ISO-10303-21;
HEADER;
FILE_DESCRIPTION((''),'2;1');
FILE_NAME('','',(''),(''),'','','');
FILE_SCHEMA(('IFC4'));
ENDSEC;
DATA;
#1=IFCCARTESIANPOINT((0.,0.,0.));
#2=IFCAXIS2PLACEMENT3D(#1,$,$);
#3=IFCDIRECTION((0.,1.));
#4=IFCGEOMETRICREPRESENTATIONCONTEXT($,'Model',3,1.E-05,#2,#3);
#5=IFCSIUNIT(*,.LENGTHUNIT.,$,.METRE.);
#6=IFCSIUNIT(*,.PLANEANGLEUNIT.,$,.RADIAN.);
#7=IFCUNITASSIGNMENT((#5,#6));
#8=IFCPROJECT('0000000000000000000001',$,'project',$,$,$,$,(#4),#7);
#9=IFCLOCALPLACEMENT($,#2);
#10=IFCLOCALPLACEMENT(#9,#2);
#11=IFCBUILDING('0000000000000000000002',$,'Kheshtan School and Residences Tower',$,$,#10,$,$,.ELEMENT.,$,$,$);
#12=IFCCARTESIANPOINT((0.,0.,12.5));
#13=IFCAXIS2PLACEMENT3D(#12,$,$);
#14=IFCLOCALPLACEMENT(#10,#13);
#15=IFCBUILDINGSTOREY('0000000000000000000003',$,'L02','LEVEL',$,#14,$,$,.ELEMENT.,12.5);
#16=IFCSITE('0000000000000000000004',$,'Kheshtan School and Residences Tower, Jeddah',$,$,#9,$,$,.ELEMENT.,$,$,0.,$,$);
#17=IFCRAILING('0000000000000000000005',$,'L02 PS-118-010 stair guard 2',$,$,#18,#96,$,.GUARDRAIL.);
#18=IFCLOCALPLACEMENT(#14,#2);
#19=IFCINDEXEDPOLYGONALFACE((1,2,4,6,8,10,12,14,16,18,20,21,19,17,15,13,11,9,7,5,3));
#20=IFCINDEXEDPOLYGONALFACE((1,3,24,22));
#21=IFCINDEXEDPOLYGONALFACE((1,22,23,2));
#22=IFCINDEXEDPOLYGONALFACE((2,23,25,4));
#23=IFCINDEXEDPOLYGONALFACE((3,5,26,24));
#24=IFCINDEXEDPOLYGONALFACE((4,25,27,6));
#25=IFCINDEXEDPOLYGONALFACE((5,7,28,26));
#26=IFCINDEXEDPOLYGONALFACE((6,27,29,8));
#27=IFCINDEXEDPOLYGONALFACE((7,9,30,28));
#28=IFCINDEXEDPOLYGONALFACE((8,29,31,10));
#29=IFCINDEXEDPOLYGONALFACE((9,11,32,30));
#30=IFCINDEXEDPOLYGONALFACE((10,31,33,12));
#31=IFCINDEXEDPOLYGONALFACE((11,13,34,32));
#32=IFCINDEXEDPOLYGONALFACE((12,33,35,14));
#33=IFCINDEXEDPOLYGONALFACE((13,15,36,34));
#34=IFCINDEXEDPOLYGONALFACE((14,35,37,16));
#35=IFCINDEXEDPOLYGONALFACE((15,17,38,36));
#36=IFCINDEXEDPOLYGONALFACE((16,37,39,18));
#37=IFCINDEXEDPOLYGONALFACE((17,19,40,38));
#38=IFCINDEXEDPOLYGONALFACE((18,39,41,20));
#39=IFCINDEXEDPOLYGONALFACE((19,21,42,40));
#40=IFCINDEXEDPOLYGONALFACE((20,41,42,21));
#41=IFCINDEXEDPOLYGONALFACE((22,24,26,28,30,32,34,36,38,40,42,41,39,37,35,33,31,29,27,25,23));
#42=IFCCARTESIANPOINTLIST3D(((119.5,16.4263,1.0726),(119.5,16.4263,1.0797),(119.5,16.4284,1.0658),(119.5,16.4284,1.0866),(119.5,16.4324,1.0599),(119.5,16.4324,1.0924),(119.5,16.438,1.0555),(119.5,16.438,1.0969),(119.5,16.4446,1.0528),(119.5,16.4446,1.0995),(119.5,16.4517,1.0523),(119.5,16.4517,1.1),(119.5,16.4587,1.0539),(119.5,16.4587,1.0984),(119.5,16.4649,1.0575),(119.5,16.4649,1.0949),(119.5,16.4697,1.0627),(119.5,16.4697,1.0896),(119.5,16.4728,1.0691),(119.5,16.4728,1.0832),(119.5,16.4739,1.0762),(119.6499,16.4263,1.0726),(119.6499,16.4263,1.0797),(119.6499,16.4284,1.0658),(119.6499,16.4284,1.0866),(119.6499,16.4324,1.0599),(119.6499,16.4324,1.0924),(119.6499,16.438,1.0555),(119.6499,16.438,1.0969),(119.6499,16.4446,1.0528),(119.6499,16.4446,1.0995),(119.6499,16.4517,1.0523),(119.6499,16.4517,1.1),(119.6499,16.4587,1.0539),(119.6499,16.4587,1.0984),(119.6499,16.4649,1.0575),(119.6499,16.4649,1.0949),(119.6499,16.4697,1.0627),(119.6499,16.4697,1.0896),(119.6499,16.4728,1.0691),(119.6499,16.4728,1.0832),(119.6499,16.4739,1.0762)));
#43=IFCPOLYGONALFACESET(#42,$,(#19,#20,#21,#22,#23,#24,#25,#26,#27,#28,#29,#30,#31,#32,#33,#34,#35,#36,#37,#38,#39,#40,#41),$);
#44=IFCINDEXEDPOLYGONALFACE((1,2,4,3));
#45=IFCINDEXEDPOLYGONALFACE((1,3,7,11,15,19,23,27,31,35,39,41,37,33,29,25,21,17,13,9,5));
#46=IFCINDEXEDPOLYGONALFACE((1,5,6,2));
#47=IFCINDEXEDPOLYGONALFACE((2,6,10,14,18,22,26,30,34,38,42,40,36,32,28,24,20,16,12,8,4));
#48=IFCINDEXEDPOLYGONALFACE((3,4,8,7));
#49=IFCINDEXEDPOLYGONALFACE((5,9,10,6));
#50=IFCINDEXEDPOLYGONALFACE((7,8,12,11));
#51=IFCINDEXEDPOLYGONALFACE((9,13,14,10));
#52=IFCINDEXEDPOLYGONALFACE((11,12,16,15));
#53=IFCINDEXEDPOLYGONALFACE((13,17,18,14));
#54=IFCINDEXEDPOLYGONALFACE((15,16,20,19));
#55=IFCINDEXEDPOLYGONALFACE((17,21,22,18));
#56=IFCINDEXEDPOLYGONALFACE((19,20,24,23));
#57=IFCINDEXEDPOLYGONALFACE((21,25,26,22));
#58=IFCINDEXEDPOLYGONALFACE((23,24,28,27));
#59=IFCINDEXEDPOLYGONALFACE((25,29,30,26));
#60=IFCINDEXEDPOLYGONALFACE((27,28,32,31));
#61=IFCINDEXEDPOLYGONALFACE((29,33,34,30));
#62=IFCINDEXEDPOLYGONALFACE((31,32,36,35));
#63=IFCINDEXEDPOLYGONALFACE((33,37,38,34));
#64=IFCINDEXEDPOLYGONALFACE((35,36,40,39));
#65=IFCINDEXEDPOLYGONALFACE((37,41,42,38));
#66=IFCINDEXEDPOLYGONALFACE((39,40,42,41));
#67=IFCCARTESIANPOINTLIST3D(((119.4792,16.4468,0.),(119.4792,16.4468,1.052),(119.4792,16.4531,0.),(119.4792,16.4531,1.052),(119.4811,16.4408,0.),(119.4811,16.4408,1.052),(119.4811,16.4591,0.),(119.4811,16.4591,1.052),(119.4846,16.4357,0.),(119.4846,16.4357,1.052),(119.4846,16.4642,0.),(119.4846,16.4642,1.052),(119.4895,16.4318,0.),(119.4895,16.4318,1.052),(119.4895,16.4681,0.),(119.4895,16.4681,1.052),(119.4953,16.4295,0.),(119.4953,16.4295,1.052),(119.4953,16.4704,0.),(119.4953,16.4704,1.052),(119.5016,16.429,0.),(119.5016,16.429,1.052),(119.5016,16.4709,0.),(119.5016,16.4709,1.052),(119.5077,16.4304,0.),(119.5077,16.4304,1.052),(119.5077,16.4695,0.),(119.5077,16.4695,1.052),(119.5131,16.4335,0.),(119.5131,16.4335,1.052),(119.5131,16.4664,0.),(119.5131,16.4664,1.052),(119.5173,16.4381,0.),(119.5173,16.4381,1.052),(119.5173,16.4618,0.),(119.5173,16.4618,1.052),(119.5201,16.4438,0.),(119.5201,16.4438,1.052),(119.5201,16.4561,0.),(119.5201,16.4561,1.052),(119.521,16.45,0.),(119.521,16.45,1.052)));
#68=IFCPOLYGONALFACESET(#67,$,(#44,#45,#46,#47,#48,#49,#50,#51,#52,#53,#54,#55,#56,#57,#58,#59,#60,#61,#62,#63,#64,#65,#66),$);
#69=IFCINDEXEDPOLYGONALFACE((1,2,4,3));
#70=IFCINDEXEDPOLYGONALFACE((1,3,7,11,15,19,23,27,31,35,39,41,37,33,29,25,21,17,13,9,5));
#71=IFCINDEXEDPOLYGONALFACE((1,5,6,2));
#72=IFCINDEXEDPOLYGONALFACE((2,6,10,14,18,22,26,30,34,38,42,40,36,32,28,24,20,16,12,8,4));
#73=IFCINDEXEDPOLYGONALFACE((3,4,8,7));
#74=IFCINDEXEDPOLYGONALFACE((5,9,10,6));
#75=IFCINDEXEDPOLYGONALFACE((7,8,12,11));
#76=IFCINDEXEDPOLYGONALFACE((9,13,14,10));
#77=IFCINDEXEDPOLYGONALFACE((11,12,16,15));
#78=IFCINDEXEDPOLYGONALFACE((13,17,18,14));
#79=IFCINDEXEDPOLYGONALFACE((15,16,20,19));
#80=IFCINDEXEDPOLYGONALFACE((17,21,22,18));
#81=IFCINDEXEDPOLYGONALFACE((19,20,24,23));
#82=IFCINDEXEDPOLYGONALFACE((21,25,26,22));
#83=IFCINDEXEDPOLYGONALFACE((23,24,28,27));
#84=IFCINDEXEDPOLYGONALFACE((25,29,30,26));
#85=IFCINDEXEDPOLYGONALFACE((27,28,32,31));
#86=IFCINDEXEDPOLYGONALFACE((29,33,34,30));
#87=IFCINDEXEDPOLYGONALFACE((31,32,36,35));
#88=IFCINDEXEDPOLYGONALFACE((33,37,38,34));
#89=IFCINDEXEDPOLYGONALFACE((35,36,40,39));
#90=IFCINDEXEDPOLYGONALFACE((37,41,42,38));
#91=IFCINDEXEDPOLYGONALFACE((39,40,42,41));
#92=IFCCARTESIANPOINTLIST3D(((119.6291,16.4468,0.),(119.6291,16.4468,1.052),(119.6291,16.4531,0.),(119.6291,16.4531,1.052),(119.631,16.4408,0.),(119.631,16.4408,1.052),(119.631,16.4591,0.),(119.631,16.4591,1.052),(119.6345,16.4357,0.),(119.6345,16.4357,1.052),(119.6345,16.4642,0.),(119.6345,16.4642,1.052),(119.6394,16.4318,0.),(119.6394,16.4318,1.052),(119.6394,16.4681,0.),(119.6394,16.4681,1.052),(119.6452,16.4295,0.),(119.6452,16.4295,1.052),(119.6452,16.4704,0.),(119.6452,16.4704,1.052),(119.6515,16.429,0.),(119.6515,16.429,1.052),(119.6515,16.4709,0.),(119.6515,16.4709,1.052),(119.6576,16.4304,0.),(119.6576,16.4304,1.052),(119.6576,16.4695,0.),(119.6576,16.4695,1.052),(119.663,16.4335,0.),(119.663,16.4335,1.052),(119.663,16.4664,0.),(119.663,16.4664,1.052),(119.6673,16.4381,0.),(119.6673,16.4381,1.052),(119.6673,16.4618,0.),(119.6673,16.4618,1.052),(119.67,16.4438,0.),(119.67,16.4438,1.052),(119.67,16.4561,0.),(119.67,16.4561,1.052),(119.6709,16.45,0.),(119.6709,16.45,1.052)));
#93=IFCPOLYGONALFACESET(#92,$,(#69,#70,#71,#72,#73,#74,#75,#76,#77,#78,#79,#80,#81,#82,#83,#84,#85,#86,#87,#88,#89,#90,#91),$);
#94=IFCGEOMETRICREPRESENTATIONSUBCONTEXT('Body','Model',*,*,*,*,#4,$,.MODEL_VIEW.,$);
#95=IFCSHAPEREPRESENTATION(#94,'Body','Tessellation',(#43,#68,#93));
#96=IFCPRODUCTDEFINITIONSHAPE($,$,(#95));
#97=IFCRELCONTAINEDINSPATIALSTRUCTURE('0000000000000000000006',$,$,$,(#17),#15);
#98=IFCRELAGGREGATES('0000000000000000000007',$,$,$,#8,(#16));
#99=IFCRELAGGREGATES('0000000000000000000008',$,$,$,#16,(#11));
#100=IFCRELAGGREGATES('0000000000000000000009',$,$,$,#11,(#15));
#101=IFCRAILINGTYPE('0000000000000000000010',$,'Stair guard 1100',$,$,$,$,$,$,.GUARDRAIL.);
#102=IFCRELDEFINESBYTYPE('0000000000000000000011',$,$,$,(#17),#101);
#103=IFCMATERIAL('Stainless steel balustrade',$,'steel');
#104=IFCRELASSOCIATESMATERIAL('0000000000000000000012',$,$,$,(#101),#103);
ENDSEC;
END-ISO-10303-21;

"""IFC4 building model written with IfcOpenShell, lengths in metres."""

from ifc_helpers import new_model, si_unit, direction, frame, origin, origin_2d, place, context, subcontext, project, spatial, circle, extrude, material, type_object, element, save


model = new_model("IFC4")

# Units and contexts
model_context = context("Model", 3, precision=1e-05, world=origin(), true_north=direction((0.0, 1.0)))
body_context = subcontext(model_context, "Body", "Model", "MODEL_VIEW")
ifc_project = project(units=[si_unit("LENGTHUNIT", "METRE"), si_unit("PLANEANGLEUNIT", "RADIAN")], contexts=[model_context])

# Site, building, storey
site_placement = place(None, origin())
site = spatial("IfcSite", under=ifc_project, at=site_placement, Name="Kheshtan School and Residences Tower, Jeddah", CompositionType="ELEMENT", RefElevation=0.0)
building_placement = place(site_placement, origin())
building = spatial("IfcBuilding", under=site, at=building_placement, Name="Kheshtan School and Residences Tower", CompositionType="ELEMENT")
storey_placement = place(building_placement, frame((0.0, 0.0, 12.5)))
storey = spatial("IfcBuildingStorey", under=building, at=storey_placement, Name="L02", Description="LEVEL", CompositionType="ELEMENT", Elevation=12.5)

# Railing
ifc_material_1 = material(Name="Stainless steel balustrade", Category="steel")
railing_type_1 = type_object("IfcRailingType", Name="Stair guard 1100", PredefinedType="GUARDRAIL", material=ifc_material_1)
railing_1_placement = place(storey_placement, frame((119.5, 16.45, 0.0)))
element("IfcRailing", 1, at=railing_1_placement, inside=storey, type_object=railing_type_1, Name="L02 PS-118-010 stair guard 2", PredefinedType="GUARDRAIL", context=body_context, shape_type="SweptSolid", body=[
    extrude(circle(Radius=0.0239, at=origin_2d()), frame((0.0, 0.0, 1.0762), z_axis=(1.0, 0.0, 0.0), x_axis=(0.0, 1.0, 0.0)), (0.0, 0.0, 1.0), 0.1499),
    extrude(circle(Radius=0.021, at=origin_2d()), origin(), (0.0, 0.0, 1.0), 1.052),
    extrude(circle(Radius=0.021, at=origin_2d()), frame((0.1499, 0.0, 0.0)), (0.0, 0.0, 1.0), 1.052),
])

save(model, "model.ifc")
